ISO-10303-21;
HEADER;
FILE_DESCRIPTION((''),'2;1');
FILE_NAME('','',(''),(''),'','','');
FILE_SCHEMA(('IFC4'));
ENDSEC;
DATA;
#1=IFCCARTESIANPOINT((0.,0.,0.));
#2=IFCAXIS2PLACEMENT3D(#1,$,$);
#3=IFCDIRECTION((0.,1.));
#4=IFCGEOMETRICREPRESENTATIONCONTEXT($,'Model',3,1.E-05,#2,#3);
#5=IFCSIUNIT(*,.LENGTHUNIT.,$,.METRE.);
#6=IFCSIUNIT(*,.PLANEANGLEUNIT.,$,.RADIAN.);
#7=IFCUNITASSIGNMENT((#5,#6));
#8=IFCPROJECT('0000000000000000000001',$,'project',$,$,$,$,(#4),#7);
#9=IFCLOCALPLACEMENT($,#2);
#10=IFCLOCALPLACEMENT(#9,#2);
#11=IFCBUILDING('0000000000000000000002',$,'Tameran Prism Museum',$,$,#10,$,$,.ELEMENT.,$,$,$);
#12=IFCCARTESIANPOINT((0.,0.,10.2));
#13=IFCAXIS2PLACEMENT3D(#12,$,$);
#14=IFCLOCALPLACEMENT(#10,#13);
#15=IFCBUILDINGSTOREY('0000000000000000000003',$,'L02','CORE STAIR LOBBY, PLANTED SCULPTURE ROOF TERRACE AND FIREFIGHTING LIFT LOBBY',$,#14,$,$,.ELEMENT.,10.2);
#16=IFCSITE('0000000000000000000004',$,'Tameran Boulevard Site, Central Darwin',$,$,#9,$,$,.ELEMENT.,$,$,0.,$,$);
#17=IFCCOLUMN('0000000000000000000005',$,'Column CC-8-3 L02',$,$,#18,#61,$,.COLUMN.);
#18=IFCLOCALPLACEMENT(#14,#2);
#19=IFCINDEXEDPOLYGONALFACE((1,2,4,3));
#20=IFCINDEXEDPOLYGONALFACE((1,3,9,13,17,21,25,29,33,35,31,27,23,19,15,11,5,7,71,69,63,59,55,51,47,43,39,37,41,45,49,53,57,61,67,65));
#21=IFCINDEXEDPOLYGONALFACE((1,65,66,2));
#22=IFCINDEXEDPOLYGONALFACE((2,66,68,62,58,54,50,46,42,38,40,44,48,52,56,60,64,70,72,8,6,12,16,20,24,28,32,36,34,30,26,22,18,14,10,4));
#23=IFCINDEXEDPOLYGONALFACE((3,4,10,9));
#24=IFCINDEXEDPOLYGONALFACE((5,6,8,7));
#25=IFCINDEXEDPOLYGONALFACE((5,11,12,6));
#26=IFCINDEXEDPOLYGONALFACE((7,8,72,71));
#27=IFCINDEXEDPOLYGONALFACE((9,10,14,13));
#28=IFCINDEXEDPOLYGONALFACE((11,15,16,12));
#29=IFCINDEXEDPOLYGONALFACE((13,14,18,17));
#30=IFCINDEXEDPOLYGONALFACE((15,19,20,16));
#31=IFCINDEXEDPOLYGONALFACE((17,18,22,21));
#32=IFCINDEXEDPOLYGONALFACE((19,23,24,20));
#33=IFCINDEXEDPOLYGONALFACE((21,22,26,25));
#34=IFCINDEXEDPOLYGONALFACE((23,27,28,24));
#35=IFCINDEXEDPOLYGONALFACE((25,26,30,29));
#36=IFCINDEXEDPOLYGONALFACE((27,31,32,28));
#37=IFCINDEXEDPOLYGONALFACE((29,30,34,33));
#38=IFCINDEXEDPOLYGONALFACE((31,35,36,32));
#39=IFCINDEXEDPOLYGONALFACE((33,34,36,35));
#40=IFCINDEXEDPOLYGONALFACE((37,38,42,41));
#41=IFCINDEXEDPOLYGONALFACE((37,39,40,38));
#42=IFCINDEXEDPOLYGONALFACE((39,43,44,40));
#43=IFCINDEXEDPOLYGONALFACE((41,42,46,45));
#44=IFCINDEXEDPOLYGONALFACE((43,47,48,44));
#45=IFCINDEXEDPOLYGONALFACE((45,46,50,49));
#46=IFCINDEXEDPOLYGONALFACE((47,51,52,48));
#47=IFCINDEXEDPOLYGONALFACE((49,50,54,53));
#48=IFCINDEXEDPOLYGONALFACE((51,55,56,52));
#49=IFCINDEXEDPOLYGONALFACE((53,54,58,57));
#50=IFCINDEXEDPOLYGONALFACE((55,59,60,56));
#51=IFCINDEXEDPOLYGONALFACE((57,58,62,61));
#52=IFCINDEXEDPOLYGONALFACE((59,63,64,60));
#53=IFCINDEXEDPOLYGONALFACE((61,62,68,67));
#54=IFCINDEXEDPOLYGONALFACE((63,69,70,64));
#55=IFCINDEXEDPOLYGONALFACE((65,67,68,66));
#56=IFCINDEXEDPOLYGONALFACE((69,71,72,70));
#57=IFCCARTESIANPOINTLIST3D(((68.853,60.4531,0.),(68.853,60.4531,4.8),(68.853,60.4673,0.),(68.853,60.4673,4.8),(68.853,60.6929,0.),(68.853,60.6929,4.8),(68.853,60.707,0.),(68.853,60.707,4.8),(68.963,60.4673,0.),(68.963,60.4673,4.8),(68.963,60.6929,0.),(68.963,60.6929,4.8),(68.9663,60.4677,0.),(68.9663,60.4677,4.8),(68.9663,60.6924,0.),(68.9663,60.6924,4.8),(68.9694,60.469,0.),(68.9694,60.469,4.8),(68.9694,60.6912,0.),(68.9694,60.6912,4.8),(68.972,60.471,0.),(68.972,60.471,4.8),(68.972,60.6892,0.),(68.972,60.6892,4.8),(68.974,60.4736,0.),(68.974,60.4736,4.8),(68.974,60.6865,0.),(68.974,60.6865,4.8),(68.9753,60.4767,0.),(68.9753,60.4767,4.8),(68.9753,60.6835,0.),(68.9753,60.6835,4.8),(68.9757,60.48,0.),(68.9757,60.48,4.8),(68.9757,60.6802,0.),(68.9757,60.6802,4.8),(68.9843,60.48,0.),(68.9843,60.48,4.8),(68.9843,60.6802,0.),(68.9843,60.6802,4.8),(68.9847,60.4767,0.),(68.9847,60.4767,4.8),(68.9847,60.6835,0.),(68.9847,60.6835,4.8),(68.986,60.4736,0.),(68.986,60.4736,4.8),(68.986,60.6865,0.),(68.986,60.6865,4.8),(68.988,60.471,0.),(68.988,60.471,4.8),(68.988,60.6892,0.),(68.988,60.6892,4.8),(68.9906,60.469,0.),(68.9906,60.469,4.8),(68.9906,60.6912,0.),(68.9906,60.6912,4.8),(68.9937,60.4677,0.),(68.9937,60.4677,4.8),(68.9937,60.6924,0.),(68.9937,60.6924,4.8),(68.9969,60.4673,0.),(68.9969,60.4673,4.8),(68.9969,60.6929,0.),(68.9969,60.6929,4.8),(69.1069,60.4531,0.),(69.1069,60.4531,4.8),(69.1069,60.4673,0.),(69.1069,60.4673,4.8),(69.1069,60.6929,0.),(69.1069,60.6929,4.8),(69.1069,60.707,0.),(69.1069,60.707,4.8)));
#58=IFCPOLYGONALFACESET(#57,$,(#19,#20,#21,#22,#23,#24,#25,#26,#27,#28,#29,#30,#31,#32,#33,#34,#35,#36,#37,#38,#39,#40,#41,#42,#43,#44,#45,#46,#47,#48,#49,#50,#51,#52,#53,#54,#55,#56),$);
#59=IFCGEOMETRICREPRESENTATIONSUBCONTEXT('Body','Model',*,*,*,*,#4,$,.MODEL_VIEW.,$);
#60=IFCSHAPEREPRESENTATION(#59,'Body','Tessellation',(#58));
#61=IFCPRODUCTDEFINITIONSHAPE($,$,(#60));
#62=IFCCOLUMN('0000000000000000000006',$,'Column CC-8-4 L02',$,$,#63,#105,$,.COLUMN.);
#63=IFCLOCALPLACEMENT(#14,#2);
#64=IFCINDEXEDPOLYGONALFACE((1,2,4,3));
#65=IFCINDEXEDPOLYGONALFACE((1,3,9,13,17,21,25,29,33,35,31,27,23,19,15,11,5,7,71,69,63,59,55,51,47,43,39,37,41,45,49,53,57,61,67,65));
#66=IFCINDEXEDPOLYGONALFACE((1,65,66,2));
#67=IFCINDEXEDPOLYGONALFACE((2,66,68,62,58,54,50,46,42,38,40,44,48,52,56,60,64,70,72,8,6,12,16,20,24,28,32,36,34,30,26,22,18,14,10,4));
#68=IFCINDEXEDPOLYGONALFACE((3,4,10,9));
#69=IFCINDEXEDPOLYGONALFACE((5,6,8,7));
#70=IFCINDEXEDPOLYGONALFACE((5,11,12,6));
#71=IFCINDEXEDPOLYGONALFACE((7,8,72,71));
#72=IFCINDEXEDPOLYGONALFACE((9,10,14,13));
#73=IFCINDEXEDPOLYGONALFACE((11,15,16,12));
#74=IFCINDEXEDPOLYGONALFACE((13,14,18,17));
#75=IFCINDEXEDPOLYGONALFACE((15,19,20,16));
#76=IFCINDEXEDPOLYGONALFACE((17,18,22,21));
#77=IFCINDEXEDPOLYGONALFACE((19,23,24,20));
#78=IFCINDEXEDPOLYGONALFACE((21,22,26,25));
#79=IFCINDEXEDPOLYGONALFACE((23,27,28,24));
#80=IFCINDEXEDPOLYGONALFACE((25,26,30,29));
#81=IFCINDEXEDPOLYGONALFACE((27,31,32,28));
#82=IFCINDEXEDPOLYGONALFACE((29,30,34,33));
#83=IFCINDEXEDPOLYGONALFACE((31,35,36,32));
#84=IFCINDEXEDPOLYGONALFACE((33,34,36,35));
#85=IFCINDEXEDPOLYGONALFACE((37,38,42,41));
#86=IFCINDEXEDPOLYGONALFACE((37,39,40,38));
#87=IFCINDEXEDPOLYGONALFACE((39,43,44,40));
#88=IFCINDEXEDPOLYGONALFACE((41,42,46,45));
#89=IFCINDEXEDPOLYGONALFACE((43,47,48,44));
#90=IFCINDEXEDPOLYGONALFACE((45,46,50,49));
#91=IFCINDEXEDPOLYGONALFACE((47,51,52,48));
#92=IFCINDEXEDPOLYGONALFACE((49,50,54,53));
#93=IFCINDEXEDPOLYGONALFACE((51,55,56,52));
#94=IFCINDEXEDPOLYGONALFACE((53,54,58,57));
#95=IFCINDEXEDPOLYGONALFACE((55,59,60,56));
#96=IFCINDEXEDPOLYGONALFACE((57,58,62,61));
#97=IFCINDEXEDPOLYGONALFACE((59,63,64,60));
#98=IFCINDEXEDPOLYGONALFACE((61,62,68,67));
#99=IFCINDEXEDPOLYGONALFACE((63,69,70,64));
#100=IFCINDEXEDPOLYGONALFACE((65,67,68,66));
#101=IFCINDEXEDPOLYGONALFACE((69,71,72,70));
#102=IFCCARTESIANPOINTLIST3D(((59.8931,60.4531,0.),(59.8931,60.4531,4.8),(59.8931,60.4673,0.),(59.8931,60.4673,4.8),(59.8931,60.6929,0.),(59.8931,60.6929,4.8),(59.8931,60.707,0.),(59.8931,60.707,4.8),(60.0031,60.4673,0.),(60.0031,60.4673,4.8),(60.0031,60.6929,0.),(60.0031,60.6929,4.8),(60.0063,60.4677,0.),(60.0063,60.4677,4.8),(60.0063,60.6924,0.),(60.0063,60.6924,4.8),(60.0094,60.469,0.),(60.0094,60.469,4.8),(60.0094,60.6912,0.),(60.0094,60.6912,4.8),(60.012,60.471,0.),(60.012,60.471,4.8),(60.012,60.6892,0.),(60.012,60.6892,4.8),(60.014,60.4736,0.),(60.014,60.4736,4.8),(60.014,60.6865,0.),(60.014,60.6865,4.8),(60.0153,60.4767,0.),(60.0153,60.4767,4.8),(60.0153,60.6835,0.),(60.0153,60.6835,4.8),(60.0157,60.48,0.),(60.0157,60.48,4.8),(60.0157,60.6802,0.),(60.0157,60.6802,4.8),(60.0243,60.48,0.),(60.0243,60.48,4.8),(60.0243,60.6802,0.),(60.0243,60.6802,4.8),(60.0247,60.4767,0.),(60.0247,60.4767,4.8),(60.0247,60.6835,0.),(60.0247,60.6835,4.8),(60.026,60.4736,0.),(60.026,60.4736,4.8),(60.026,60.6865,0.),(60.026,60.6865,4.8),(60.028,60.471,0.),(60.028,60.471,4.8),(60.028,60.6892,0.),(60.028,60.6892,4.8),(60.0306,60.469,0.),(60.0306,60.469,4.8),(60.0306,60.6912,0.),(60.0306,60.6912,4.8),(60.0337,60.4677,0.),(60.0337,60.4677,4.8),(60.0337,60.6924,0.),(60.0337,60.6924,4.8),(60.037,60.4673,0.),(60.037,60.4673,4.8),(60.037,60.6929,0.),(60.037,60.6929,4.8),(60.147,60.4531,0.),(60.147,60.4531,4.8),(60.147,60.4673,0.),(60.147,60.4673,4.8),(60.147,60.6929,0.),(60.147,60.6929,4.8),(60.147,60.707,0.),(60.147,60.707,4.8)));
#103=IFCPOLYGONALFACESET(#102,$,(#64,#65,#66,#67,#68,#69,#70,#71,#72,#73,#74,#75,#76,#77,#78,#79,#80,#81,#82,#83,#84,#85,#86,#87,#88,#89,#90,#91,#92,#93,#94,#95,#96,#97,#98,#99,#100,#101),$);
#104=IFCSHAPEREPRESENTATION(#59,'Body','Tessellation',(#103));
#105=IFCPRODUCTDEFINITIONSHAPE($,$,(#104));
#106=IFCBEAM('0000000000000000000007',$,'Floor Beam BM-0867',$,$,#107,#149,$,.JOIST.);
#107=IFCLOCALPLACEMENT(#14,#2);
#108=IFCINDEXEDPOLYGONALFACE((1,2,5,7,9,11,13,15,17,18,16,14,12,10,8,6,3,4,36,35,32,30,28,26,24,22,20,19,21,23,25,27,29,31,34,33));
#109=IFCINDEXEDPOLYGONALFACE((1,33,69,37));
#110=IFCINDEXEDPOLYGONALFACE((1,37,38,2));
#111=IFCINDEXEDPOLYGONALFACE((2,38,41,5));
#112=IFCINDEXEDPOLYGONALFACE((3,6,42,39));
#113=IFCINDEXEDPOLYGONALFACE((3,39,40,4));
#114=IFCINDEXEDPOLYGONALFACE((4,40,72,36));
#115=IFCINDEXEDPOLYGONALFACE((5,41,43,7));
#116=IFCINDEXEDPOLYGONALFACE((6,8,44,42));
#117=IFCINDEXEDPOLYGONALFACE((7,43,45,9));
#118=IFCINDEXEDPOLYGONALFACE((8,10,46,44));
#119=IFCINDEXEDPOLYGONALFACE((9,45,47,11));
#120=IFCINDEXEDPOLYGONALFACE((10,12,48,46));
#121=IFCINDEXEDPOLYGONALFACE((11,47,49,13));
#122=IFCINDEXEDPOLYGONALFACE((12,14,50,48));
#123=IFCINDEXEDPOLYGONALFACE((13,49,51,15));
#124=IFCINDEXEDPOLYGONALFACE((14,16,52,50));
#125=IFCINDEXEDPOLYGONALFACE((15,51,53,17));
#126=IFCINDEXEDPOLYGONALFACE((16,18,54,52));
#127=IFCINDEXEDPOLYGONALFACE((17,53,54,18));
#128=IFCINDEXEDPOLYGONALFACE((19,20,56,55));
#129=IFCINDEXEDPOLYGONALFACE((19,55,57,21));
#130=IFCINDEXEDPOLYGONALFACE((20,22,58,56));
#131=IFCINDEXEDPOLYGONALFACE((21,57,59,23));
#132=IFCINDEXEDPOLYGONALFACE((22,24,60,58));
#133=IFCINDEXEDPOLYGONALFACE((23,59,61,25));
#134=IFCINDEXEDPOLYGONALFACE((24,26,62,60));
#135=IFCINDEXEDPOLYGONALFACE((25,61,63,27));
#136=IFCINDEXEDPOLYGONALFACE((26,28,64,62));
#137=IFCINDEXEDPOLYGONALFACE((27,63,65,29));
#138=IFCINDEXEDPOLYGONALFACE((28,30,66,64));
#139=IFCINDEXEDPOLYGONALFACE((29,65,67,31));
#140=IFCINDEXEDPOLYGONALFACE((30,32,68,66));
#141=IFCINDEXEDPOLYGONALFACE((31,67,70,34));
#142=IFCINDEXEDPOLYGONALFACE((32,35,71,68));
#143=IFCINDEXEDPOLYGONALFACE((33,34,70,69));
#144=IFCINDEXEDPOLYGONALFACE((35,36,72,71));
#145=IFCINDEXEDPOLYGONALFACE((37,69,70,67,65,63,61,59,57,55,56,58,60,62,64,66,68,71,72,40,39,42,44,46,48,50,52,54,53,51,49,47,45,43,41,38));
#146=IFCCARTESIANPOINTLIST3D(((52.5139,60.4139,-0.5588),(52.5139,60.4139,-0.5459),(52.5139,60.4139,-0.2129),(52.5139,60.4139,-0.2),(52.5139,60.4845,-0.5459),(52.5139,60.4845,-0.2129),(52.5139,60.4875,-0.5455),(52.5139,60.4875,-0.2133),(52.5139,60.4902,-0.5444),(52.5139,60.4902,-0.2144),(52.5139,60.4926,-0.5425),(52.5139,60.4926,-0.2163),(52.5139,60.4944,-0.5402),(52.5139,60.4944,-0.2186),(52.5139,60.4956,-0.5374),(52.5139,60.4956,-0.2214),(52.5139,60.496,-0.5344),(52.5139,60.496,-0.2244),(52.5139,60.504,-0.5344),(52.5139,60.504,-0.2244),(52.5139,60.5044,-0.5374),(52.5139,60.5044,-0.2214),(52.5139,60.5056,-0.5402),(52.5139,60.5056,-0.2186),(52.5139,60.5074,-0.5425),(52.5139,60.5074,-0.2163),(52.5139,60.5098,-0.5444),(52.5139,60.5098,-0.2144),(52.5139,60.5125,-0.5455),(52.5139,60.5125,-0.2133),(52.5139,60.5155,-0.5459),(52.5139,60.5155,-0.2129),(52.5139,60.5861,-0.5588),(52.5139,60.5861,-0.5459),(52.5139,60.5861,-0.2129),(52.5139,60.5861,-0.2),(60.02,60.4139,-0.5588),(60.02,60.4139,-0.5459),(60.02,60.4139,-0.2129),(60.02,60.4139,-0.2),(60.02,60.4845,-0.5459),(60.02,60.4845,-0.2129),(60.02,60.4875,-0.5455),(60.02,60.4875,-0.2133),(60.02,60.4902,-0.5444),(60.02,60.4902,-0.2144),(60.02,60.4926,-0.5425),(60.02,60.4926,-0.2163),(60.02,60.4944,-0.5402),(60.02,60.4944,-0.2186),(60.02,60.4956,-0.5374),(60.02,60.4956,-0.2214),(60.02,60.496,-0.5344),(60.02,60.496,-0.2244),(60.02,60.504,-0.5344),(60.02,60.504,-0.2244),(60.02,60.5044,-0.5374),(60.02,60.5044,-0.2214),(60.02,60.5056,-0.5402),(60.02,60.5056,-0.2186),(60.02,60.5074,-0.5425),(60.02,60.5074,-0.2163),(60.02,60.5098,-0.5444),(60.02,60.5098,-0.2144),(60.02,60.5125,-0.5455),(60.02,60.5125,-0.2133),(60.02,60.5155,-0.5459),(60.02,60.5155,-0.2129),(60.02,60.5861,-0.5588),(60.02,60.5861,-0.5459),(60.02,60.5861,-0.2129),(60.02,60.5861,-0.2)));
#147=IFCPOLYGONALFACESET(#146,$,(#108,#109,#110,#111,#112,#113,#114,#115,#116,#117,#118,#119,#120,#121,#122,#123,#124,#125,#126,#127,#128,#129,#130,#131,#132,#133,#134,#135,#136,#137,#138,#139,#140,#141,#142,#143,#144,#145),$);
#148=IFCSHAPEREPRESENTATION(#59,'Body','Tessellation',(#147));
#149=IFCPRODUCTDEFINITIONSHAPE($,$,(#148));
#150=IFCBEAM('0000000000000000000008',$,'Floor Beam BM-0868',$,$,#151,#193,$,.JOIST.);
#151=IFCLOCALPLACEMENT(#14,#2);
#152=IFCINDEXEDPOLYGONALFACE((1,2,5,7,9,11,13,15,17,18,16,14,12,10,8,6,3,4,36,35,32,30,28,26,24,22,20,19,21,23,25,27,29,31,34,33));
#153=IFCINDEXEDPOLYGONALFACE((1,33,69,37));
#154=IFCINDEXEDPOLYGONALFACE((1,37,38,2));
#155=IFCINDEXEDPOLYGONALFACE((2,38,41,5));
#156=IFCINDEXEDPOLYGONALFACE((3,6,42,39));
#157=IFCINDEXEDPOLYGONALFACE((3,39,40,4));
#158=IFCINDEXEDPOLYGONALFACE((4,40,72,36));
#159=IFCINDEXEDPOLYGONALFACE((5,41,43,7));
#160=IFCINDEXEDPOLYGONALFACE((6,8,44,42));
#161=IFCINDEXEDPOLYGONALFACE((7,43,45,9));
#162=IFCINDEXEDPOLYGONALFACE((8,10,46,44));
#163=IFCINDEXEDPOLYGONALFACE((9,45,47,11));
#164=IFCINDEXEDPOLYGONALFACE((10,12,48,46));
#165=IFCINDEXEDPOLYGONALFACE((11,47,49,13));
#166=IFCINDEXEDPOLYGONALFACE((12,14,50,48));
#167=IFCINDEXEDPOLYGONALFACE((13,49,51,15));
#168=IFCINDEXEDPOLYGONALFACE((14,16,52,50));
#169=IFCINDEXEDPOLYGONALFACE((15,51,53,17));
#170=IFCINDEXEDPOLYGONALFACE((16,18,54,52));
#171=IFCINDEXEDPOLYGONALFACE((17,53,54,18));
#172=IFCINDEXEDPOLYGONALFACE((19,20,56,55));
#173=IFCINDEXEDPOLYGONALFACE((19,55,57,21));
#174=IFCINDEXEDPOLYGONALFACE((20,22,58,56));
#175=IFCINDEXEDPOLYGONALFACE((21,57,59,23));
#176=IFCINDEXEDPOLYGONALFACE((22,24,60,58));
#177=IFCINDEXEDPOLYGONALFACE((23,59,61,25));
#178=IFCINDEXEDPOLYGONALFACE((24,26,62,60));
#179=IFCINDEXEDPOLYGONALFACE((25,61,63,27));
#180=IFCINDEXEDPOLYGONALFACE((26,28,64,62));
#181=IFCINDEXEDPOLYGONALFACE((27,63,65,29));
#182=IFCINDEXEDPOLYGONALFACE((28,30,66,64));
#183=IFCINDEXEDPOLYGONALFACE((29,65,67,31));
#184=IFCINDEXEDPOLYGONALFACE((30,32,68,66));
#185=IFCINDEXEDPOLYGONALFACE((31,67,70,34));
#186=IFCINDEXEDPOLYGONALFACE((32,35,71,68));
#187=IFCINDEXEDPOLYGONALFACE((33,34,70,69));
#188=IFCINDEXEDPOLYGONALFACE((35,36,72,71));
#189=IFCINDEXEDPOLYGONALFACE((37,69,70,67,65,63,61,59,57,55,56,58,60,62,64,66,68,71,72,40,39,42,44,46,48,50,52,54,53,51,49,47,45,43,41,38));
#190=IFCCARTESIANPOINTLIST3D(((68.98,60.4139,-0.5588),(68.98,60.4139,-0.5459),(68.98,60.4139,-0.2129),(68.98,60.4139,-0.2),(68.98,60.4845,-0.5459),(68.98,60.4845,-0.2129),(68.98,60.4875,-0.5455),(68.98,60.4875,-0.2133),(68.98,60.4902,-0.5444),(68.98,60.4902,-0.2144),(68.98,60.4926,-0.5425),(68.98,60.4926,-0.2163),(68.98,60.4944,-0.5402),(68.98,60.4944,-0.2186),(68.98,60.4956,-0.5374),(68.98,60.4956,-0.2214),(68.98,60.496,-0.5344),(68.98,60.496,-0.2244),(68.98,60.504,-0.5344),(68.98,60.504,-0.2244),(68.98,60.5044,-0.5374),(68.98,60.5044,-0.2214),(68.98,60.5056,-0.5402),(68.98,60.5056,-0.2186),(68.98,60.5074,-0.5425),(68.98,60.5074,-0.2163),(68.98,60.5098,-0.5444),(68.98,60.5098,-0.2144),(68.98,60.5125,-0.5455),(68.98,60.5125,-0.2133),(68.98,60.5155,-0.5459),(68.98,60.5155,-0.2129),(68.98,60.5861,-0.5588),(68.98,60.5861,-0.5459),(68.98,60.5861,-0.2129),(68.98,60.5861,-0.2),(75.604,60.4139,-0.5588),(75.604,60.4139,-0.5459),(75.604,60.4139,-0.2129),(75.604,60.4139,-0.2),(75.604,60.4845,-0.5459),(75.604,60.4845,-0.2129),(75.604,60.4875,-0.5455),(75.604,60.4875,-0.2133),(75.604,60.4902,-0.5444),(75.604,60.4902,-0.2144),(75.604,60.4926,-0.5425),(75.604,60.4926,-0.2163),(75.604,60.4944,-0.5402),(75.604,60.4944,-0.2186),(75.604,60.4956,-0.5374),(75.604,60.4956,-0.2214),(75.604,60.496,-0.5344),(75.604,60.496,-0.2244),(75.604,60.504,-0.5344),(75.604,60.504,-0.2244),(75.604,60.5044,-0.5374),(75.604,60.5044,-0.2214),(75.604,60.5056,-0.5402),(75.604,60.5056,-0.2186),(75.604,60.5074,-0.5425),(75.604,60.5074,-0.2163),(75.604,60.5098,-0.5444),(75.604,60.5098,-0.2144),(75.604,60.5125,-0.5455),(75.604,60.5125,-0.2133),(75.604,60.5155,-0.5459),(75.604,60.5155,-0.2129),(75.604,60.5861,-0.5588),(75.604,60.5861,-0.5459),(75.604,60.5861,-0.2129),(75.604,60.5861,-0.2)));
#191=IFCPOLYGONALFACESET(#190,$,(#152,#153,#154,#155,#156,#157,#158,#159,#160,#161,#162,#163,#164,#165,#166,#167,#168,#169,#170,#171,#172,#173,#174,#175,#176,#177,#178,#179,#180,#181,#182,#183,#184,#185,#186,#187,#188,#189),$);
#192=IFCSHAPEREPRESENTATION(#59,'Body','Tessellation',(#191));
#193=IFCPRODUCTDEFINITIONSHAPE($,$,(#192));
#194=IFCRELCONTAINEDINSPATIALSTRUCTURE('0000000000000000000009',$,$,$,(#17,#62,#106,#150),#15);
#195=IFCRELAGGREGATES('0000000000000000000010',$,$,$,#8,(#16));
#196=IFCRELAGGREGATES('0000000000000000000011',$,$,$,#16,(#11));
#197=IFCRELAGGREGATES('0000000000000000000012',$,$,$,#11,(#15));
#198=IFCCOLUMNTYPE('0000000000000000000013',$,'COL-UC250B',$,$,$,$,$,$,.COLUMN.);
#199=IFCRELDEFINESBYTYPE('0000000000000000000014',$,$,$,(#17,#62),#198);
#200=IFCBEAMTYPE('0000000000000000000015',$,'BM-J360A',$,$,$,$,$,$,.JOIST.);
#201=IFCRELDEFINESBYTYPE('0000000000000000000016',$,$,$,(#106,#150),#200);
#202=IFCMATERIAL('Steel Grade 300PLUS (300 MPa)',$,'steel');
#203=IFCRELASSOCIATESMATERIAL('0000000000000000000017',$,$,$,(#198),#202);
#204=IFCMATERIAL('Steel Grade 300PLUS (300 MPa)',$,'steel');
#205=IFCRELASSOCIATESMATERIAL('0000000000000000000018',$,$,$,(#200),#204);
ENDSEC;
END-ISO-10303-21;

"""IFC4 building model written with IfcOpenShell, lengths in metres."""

from ifc_helpers import new_model, si_unit, direction, frame, origin, origin_2d, place, context, subcontext, project, spatial, i_section, extrude, material, material_profile, profile_set, type_object, element, save


model = new_model("IFC4")

# Units and contexts
model_context = context("Model", 3, precision=1e-05, world=origin(), true_north=direction((0.0, 1.0)))
body_context = subcontext(model_context, "Body", "Model", "MODEL_VIEW")
ifc_project = project(units=[si_unit("LENGTHUNIT", "METRE"), si_unit("PLANEANGLEUNIT", "RADIAN")], contexts=[model_context])

# Site, building, storey
site_placement = place(None, origin())
site = spatial("IfcSite", under=ifc_project, at=site_placement, Name="Tameran Boulevard Site, Central Darwin", CompositionType="ELEMENT", RefElevation=0.0)
building_placement = place(site_placement, origin())
building = spatial("IfcBuilding", under=site, at=building_placement, Name="Tameran Prism Museum", CompositionType="ELEMENT")
storey_placement = place(building_placement, frame((0.0, 0.0, 10.2)))
storey = spatial("IfcBuildingStorey", under=building, at=storey_placement, Name="L02", Description="CORE STAIR LOBBY, PLANTED SCULPTURE ROOF TERRACE AND FIREFIGHTING LIFT LOBBY", CompositionType="ELEMENT", Elevation=10.2)

# Columns
ifc_material_1 = material(Name="Steel Grade 300PLUS (300 MPa)", Category="steel")
ifc_material_profile_1 = material_profile(ifc_material_1, i_section(OverallWidth=0.2539, OverallDepth=0.2539, WebThickness=0.0085, FlangeThickness=0.0142, FilletRadius=0.0127, at=origin_2d()))
ifc_profile_set_1 = profile_set([ifc_material_profile_1])
column_type = type_object("IfcColumnType", Name="COL-UC250B", PredefinedType="COLUMN", material=ifc_profile_set_1)
for number, where, z_axis, x_axis, name in (
    (1, (68.98, 60.5801, 0.0), (0.0, 0.0, 1.0), (1.0, 0.0, 0.0), "Column CC-8-3 L02"),
    (2, (60.02, 60.5801, 0.0), (0.0, 0.0, 1.0), (1.0, 0.0, 0.0), "Column CC-8-4 L02"),
):
    element("IfcColumn", number, at=place(storey_placement, frame(where, z_axis=z_axis, x_axis=x_axis)), inside=storey, type_object=column_type, Name=name, PredefinedType="COLUMN", context=body_context, shape_type="SweptSolid", body=[
        extrude(i_section(OverallWidth=0.2539, OverallDepth=0.2539, WebThickness=0.0085, FlangeThickness=0.0142, FilletRadius=0.0127, at=origin_2d()), origin(), (0.0, 0.0, 1.0), 4.8),
    ])

# Beams
ifc_material_2 = material(Name="Steel Grade 300PLUS (300 MPa)", Category="steel")
ifc_material_profile_2 = material_profile(ifc_material_2, i_section(OverallWidth=0.1721, OverallDepth=0.3589, WebThickness=0.0081, FlangeThickness=0.0129, FilletRadius=0.0115, at=origin_2d()))
ifc_profile_set_2 = profile_set([ifc_material_profile_2])
beam_type_1 = type_object("IfcBeamType", Name="BM-J360A", PredefinedType="JOIST", material=ifc_profile_set_2)
beam_1_placement = place(storey_placement, frame((52.5139, 60.5, -0.3794), z_axis=(1.0, 0.0, 0.0), x_axis=(0.0, 1.0, 0.0)))
element("IfcBeam", 3, at=beam_1_placement, inside=storey, type_object=beam_type_1, Name="Floor Beam BM-0867", PredefinedType="JOIST", context=body_context, shape_type="SweptSolid", body=[
    extrude(i_section(OverallWidth=0.1721, OverallDepth=0.3589, WebThickness=0.0081, FlangeThickness=0.0129, FilletRadius=0.0115, at=origin_2d()), origin(), (0.0, 0.0, 1.0), 7.5061),
])
beam_2_placement = place(storey_placement, frame((68.98, 60.5, -0.3794), z_axis=(1.0, 0.0, 0.0), x_axis=(0.0, 1.0, 0.0)))
element("IfcBeam", 4, at=beam_2_placement, inside=storey, type_object=beam_type_1, Name="Floor Beam BM-0868", PredefinedType="JOIST", context=body_context, shape_type="SweptSolid", body=[
    extrude(i_section(OverallWidth=0.1721, OverallDepth=0.3589, WebThickness=0.0081, FlangeThickness=0.0129, FilletRadius=0.0115, at=origin_2d()), origin(), (0.0, 0.0, 1.0), 6.624),
])

save(model, "model.ifc")
